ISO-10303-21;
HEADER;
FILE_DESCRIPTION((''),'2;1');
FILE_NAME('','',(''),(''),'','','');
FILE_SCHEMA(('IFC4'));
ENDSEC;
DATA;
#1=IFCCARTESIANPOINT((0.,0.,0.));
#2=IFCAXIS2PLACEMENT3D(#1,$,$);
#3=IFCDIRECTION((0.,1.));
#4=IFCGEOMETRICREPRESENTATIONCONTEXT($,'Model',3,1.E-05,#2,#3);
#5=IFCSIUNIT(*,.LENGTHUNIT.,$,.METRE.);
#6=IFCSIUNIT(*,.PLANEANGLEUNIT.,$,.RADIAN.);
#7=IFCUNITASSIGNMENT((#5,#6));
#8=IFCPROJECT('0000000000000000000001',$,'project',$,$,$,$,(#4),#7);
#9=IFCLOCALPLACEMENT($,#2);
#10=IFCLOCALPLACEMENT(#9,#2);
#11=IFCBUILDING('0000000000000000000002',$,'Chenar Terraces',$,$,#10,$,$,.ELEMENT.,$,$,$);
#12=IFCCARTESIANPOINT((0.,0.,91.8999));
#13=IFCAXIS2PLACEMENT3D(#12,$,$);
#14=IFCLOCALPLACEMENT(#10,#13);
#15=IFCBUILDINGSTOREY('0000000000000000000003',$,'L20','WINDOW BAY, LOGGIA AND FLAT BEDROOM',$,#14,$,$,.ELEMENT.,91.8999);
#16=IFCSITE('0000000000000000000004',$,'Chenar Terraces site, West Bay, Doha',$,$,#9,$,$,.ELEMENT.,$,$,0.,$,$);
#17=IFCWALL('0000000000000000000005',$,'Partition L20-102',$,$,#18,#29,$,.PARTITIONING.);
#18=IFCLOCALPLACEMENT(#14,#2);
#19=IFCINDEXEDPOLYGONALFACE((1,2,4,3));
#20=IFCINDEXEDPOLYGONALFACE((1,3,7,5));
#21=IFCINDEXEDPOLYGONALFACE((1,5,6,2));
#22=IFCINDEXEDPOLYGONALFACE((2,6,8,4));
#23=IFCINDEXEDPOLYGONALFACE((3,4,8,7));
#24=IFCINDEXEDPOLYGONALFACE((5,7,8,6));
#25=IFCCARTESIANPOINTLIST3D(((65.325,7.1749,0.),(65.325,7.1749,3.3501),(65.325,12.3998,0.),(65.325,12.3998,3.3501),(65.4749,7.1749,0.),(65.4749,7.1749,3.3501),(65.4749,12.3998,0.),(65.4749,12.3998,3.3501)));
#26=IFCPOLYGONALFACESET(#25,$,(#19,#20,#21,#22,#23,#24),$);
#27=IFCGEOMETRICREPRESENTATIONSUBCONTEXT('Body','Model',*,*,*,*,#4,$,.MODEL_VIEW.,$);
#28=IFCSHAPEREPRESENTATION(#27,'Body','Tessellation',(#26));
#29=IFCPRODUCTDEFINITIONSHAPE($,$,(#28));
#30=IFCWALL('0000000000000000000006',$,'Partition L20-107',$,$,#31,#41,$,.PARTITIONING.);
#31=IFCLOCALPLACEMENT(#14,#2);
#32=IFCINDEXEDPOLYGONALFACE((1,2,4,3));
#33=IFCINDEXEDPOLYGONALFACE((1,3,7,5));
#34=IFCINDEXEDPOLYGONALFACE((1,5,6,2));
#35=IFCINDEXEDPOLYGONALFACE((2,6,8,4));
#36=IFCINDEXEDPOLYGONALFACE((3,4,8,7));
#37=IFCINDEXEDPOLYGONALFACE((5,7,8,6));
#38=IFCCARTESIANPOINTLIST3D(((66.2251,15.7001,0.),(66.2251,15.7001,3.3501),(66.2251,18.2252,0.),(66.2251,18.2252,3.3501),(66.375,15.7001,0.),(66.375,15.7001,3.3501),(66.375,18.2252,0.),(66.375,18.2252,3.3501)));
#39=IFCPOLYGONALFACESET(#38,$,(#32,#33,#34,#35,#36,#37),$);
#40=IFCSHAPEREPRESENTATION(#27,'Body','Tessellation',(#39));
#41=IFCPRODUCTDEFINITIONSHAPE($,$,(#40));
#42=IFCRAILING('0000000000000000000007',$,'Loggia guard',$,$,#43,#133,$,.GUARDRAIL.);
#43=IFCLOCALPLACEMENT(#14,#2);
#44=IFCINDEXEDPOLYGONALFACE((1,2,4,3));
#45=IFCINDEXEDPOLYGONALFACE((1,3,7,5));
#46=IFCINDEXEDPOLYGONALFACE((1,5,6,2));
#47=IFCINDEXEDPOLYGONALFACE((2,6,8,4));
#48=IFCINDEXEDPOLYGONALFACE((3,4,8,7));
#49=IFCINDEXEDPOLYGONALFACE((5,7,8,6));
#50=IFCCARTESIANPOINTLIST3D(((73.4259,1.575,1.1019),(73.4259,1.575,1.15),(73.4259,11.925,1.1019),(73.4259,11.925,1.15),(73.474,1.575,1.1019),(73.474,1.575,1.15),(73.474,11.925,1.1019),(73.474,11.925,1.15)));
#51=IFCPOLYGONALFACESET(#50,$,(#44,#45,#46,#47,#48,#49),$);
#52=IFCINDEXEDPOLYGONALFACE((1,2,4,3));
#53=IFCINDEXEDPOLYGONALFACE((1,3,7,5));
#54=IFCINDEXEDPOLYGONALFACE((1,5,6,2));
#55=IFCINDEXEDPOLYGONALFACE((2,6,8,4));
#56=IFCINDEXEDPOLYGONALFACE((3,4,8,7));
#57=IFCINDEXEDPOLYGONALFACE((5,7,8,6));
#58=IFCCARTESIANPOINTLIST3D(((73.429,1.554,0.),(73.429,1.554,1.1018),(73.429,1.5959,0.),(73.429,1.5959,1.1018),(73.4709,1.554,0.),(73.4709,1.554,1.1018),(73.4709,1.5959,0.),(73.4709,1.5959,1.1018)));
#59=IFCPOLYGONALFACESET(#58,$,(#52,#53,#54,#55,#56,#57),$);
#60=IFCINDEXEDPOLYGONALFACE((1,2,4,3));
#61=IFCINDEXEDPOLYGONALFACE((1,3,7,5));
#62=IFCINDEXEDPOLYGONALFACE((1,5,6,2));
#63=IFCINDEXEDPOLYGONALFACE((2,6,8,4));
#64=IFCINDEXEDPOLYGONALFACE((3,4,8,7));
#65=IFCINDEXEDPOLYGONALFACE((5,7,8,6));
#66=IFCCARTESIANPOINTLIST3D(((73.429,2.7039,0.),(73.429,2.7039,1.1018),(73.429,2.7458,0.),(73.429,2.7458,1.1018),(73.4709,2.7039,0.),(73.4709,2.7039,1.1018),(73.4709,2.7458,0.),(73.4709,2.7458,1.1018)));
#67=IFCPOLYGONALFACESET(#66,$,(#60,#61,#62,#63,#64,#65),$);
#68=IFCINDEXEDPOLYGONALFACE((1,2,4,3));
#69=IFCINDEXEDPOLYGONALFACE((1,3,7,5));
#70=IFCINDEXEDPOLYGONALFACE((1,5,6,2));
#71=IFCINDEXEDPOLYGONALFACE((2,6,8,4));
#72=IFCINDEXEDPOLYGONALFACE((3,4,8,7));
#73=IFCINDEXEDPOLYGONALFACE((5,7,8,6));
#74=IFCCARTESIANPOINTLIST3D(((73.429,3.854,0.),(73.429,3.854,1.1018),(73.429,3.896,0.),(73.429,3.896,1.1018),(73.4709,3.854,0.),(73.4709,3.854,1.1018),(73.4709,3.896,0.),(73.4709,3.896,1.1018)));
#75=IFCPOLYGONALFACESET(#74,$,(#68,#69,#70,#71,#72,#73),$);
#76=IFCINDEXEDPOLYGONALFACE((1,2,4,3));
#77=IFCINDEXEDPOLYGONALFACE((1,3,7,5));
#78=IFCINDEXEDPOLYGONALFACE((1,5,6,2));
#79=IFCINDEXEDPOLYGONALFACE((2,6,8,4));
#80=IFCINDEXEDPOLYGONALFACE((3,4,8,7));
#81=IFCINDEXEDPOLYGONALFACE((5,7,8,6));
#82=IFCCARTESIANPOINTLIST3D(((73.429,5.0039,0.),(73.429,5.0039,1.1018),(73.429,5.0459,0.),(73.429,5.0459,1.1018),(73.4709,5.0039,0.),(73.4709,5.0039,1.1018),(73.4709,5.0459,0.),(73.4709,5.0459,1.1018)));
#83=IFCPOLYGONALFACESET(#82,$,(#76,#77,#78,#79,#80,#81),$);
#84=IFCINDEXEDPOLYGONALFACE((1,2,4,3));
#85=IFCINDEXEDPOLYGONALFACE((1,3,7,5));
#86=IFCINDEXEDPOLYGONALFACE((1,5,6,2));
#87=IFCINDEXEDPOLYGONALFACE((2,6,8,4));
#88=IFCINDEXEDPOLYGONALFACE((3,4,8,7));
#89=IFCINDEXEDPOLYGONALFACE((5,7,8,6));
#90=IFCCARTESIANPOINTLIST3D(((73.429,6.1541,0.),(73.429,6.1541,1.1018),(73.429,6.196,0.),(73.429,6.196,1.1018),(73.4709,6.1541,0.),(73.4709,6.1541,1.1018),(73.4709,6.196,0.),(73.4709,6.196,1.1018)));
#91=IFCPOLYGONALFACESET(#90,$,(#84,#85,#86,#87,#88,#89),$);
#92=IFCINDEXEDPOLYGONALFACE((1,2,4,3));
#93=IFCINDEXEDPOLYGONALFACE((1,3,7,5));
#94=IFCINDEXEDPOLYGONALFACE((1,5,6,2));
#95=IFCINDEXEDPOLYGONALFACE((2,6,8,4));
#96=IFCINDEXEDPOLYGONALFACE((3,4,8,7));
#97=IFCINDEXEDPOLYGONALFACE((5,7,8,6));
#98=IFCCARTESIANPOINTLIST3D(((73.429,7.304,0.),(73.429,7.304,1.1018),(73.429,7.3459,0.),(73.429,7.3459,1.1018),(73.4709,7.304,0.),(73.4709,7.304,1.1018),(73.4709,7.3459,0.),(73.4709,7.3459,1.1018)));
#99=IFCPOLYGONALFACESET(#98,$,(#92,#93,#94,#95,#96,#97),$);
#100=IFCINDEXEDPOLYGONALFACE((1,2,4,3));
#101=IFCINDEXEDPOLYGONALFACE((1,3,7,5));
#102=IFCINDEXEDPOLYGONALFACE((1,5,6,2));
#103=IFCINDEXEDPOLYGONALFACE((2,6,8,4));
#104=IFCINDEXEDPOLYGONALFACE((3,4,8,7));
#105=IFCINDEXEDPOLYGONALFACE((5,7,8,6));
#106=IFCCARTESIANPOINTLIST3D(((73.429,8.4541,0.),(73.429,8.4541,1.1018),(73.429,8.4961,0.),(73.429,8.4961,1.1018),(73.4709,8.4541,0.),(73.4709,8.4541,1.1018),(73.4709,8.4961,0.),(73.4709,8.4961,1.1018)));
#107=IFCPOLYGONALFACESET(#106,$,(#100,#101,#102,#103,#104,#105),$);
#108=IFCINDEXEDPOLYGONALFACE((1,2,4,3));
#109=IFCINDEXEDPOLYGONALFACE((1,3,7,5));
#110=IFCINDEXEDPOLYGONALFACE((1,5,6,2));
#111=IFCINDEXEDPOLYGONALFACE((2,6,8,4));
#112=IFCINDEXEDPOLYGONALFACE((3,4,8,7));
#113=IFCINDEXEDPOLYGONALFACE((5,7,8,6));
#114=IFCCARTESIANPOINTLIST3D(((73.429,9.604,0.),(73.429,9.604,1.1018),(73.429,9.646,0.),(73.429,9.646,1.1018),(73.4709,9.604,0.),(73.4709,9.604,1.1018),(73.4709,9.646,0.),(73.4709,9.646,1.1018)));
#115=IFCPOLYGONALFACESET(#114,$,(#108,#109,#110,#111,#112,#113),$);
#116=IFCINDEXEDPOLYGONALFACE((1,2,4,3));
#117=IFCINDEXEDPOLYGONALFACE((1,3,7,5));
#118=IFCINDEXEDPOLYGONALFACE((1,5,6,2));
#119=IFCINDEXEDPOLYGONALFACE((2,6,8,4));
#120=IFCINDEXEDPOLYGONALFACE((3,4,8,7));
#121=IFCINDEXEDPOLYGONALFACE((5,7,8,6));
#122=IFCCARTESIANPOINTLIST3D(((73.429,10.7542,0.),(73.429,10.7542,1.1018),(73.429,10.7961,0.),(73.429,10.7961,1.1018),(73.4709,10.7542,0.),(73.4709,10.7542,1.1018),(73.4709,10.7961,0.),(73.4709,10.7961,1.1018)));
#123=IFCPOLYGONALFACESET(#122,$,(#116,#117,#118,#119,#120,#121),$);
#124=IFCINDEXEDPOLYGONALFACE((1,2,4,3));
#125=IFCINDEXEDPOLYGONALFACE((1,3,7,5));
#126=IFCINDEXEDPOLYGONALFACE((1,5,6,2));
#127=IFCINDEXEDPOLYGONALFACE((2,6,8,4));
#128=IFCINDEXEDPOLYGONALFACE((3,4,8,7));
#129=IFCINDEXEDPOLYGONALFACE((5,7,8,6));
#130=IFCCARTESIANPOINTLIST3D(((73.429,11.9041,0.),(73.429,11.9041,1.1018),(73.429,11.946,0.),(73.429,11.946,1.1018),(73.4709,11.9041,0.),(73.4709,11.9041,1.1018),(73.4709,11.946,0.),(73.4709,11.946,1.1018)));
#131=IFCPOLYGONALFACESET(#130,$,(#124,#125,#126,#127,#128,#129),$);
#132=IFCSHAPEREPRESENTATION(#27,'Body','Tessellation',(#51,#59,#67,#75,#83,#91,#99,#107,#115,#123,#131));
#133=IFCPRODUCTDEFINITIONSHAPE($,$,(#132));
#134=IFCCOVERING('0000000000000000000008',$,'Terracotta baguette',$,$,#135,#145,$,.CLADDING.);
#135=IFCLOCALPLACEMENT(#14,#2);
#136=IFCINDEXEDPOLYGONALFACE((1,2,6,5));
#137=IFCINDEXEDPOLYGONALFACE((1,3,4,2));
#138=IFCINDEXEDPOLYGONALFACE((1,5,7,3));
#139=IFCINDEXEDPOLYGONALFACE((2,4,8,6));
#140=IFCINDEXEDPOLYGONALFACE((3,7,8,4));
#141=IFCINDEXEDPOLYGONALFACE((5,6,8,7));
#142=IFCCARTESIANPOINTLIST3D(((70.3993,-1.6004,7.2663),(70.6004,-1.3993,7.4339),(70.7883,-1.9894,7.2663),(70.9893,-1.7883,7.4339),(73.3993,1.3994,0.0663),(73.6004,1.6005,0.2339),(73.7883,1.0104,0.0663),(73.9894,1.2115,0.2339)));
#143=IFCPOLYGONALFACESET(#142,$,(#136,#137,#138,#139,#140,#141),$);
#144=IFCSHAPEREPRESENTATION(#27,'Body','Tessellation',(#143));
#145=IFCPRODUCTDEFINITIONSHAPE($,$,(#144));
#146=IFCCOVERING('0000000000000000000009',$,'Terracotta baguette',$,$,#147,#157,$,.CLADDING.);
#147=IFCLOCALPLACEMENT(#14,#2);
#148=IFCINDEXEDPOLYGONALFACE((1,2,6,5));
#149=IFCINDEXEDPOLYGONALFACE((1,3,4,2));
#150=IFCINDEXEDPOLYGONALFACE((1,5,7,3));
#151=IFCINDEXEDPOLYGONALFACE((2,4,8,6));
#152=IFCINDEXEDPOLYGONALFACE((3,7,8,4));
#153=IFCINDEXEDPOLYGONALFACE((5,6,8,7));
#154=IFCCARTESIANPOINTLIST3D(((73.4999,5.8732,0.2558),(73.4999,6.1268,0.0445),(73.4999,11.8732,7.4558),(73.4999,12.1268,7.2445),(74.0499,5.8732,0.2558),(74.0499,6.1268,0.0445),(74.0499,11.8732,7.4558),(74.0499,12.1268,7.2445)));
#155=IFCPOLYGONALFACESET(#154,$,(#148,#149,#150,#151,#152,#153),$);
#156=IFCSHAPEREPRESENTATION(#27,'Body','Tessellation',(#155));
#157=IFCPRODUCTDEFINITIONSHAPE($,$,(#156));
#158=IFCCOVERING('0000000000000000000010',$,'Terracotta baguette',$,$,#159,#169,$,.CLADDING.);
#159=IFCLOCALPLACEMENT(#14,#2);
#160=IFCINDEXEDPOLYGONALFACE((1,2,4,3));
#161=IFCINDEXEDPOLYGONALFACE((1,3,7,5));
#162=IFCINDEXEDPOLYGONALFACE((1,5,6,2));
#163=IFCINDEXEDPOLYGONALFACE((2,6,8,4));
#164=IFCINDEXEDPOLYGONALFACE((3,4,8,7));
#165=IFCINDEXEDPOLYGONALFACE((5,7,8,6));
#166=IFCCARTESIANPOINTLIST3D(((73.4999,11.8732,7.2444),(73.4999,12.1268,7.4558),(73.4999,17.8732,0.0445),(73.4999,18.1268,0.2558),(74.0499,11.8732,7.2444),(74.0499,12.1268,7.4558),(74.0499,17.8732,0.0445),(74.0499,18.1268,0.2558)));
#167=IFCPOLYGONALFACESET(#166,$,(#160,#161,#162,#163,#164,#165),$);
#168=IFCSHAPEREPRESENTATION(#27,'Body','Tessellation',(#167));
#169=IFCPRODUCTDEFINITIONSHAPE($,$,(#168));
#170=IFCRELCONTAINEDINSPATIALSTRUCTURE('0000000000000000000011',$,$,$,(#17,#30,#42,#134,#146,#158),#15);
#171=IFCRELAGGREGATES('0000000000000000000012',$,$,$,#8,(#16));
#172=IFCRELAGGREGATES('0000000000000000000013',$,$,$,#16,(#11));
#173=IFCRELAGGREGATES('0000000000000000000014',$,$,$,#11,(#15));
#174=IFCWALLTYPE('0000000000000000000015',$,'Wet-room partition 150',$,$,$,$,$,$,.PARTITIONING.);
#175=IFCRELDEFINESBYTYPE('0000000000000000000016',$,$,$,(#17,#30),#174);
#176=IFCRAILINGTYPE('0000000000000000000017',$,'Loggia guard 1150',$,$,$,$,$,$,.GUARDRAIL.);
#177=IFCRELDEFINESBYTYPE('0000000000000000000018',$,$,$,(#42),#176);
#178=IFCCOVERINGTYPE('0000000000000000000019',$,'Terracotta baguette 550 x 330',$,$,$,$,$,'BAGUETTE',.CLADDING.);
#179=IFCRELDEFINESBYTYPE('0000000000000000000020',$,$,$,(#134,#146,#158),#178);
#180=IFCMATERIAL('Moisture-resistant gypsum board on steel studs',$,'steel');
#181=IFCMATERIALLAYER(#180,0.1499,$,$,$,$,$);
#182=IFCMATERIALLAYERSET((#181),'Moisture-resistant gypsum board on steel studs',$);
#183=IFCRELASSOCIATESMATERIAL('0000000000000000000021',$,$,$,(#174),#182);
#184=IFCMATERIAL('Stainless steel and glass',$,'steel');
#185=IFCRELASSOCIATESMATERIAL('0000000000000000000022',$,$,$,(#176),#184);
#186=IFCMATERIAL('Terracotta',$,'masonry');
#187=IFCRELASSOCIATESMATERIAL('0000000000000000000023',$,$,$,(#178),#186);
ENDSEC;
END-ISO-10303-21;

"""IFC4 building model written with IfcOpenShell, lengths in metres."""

from ifc_helpers import new_model, si_unit, direction, frame, frame_2d, origin, origin_2d, place, context, subcontext, project, spatial, rectangle, extrude, material, layer, layer_set, material_profile, profile_set, type_object, element, save


model = new_model("IFC4")

# Units and contexts
model_context = context("Model", 3, precision=1e-05, world=origin(), true_north=direction((0.0, 1.0)))
body_context = subcontext(model_context, "Body", "Model", "MODEL_VIEW")
ifc_project = project(units=[si_unit("LENGTHUNIT", "METRE"), si_unit("PLANEANGLEUNIT", "RADIAN")], contexts=[model_context])

# Site, building, storey
site_placement = place(None, origin())
site = spatial("IfcSite", under=ifc_project, at=site_placement, Name="Chenar Terraces site, West Bay, Doha", CompositionType="ELEMENT", RefElevation=0.0)
building_placement = place(site_placement, origin())
building = spatial("IfcBuilding", under=site, at=building_placement, Name="Chenar Terraces", CompositionType="ELEMENT")
storey_placement = place(building_placement, frame((0.0, 0.0, 91.8999)))
storey = spatial("IfcBuildingStorey", under=building, at=storey_placement, Name="L20", Description="WINDOW BAY, LOGGIA AND FLAT BEDROOM", CompositionType="ELEMENT", Elevation=91.8999)

# Shared definitions
ifc_material_1 = material(Name="Moisture-resistant gypsum board on steel studs", Category="steel")
ifc_layer_1 = layer(ifc_material_1, 0.1499)
ifc_layer_set_1 = layer_set([ifc_layer_1], Name="Moisture-resistant gypsum board on steel studs")
wall_type_1 = type_object("IfcWallType", Name="Wet-room partition 150", PredefinedType="PARTITIONING", material=ifc_layer_set_1)

# Walls
for number, where, z_axis, x_axis, name in (
    (1, (65.3999, 7.175, 0.0), (0.0, 0.0, 1.0), (0.0, 1.0, 0.0), "Partition L20-102"),
):
    element("IfcWall", number, at=place(storey_placement, frame(where, z_axis=z_axis, x_axis=x_axis)), inside=storey, type_object=wall_type_1, Name=name, PredefinedType="PARTITIONING", context=body_context, shape_type="SweptSolid", body=[
        extrude(rectangle(XDim=5.2249, YDim=0.1499, at=frame_2d((2.6123, 0.0))), origin(), (0.0, 0.0, 1.0), 3.3501),
    ])
wall_1_placement = place(storey_placement, frame((66.3, 15.7, 0.0), z_axis=(0.0, 0.0, 1.0), x_axis=(0.0, 1.0, 0.0)))
element("IfcWall", 2, at=wall_1_placement, inside=storey, type_object=wall_type_1, Name="Partition L20-107", PredefinedType="PARTITIONING", context=body_context, shape_type="SweptSolid", body=[
    extrude(rectangle(XDim=2.5251, YDim=0.1499, at=frame_2d((1.2627, 0.0))), origin(), (0.0, 0.0, 1.0), 3.3501),
])

# Railing
ifc_material_2 = material(Name="Stainless steel and glass", Category="steel")
railing_type = type_object("IfcRailingType", Name="Loggia guard 1150", PredefinedType="GUARDRAIL", material=ifc_material_2)
railing_placement = place(storey_placement, frame((73.45, 1.575, 0.0)))
element("IfcRailing", 3, at=railing_placement, inside=storey, type_object=railing_type, Name="Loggia guard", PredefinedType="GUARDRAIL", context=body_context, shape_type="SweptSolid", body=[
    extrude(rectangle(XDim=0.0481, YDim=0.0481, at=origin_2d()), frame((0.0, 0.0, 1.126), z_axis=(0.0, 1.0, 0.0), x_axis=(-1.0, 0.0, 0.0)), (0.0, 0.0, 1.0), 10.3501),
    extrude(rectangle(XDim=0.042, YDim=0.042, at=origin_2d()), origin(), (0.0, 0.0, 1.0), 1.1018),
    extrude(rectangle(XDim=0.042, YDim=0.042, at=origin_2d()), frame((0.0, 1.1499, 0.0)), (0.0, 0.0, 1.0), 1.1018),
    extrude(rectangle(XDim=0.042, YDim=0.042, at=origin_2d()), frame((0.0, 2.3, 0.0)), (0.0, 0.0, 1.0), 1.1018),
    extrude(rectangle(XDim=0.042, YDim=0.042, at=origin_2d()), frame((0.0, 3.45, 0.0)), (0.0, 0.0, 1.0), 1.1018),
    extrude(rectangle(XDim=0.042, YDim=0.042, at=origin_2d()), frame((0.0, 4.6001, 0.0)), (0.0, 0.0, 1.0), 1.1018),
    extrude(rectangle(XDim=0.042, YDim=0.042, at=origin_2d()), frame((0.0, 5.75, 0.0)), (0.0, 0.0, 1.0), 1.1018),
    extrude(rectangle(XDim=0.042, YDim=0.042, at=origin_2d()), frame((0.0, 6.9001, 0.0)), (0.0, 0.0, 1.0), 1.1018),
    extrude(rectangle(XDim=0.042, YDim=0.042, at=origin_2d()), frame((0.0, 8.05, 0.0)), (0.0, 0.0, 1.0), 1.1018),
    extrude(rectangle(XDim=0.042, YDim=0.042, at=origin_2d()), frame((0.0, 9.2002, 0.0)), (0.0, 0.0, 1.0), 1.1018),
    extrude(rectangle(XDim=0.042, YDim=0.042, at=origin_2d()), frame((0.0, 10.3501, 0.0)), (0.0, 0.0, 1.0), 1.1018),
])

# Coverings
ifc_material_3 = material(Name="Terracotta", Category="masonry")
ifc_material_profile_1 = material_profile(ifc_material_3, rectangle(XDim=0.55, YDim=0.3301, at=origin_2d()), Name="Terracotta baguette 550 x 330")
ifc_profile_set_1 = profile_set([ifc_material_profile_1], Name="Terracotta")
covering_type = type_object("IfcCoveringType", Name="Terracotta baguette 550 x 330", ElementType="BAGUETTE", PredefinedType="CLADDING", material=ifc_profile_set_1)
covering_placement = place(storey_placement, frame((70.6943, -1.6943, 7.3501), z_axis=(0.358985, 0.358955, -0.861557), x_axis=(-0.707078, 0.707136, 0.0)))
element("IfcCovering", 4, at=covering_placement, inside=storey, type_object=covering_type, Name="Terracotta baguette", PredefinedType="CLADDING", context=body_context, shape_type="SweptSolid", body=[
    extrude(rectangle(XDim=0.55, YDim=0.3301, at=origin_2d()), origin(), (0.0, 0.0, 1.0), 8.3569),
])
for number, where, z_axis, x_axis, name in (
    (5, (73.7749, 6.0, 0.1501), (0.0, 0.640187, 0.768219), (-1.0, 0.0, 0.0), "Terracotta baguette"),
    (6, (73.7749, 12.0, 7.3501), (0.0, 0.640187, -0.768219), (-1.0, 0.0, 0.0), "Terracotta baguette"),
):
    element("IfcCovering", number, at=place(storey_placement, frame(where, z_axis=z_axis, x_axis=x_axis)), inside=storey, type_object=covering_type, Name=name, PredefinedType="CLADDING", context=body_context, shape_type="SweptSolid", body=[
        extrude(rectangle(XDim=0.55, YDim=0.3301, at=origin_2d()), origin(), (0.0, 0.0, 1.0), 9.3723),
    ])

save(model, "model.ifc")
